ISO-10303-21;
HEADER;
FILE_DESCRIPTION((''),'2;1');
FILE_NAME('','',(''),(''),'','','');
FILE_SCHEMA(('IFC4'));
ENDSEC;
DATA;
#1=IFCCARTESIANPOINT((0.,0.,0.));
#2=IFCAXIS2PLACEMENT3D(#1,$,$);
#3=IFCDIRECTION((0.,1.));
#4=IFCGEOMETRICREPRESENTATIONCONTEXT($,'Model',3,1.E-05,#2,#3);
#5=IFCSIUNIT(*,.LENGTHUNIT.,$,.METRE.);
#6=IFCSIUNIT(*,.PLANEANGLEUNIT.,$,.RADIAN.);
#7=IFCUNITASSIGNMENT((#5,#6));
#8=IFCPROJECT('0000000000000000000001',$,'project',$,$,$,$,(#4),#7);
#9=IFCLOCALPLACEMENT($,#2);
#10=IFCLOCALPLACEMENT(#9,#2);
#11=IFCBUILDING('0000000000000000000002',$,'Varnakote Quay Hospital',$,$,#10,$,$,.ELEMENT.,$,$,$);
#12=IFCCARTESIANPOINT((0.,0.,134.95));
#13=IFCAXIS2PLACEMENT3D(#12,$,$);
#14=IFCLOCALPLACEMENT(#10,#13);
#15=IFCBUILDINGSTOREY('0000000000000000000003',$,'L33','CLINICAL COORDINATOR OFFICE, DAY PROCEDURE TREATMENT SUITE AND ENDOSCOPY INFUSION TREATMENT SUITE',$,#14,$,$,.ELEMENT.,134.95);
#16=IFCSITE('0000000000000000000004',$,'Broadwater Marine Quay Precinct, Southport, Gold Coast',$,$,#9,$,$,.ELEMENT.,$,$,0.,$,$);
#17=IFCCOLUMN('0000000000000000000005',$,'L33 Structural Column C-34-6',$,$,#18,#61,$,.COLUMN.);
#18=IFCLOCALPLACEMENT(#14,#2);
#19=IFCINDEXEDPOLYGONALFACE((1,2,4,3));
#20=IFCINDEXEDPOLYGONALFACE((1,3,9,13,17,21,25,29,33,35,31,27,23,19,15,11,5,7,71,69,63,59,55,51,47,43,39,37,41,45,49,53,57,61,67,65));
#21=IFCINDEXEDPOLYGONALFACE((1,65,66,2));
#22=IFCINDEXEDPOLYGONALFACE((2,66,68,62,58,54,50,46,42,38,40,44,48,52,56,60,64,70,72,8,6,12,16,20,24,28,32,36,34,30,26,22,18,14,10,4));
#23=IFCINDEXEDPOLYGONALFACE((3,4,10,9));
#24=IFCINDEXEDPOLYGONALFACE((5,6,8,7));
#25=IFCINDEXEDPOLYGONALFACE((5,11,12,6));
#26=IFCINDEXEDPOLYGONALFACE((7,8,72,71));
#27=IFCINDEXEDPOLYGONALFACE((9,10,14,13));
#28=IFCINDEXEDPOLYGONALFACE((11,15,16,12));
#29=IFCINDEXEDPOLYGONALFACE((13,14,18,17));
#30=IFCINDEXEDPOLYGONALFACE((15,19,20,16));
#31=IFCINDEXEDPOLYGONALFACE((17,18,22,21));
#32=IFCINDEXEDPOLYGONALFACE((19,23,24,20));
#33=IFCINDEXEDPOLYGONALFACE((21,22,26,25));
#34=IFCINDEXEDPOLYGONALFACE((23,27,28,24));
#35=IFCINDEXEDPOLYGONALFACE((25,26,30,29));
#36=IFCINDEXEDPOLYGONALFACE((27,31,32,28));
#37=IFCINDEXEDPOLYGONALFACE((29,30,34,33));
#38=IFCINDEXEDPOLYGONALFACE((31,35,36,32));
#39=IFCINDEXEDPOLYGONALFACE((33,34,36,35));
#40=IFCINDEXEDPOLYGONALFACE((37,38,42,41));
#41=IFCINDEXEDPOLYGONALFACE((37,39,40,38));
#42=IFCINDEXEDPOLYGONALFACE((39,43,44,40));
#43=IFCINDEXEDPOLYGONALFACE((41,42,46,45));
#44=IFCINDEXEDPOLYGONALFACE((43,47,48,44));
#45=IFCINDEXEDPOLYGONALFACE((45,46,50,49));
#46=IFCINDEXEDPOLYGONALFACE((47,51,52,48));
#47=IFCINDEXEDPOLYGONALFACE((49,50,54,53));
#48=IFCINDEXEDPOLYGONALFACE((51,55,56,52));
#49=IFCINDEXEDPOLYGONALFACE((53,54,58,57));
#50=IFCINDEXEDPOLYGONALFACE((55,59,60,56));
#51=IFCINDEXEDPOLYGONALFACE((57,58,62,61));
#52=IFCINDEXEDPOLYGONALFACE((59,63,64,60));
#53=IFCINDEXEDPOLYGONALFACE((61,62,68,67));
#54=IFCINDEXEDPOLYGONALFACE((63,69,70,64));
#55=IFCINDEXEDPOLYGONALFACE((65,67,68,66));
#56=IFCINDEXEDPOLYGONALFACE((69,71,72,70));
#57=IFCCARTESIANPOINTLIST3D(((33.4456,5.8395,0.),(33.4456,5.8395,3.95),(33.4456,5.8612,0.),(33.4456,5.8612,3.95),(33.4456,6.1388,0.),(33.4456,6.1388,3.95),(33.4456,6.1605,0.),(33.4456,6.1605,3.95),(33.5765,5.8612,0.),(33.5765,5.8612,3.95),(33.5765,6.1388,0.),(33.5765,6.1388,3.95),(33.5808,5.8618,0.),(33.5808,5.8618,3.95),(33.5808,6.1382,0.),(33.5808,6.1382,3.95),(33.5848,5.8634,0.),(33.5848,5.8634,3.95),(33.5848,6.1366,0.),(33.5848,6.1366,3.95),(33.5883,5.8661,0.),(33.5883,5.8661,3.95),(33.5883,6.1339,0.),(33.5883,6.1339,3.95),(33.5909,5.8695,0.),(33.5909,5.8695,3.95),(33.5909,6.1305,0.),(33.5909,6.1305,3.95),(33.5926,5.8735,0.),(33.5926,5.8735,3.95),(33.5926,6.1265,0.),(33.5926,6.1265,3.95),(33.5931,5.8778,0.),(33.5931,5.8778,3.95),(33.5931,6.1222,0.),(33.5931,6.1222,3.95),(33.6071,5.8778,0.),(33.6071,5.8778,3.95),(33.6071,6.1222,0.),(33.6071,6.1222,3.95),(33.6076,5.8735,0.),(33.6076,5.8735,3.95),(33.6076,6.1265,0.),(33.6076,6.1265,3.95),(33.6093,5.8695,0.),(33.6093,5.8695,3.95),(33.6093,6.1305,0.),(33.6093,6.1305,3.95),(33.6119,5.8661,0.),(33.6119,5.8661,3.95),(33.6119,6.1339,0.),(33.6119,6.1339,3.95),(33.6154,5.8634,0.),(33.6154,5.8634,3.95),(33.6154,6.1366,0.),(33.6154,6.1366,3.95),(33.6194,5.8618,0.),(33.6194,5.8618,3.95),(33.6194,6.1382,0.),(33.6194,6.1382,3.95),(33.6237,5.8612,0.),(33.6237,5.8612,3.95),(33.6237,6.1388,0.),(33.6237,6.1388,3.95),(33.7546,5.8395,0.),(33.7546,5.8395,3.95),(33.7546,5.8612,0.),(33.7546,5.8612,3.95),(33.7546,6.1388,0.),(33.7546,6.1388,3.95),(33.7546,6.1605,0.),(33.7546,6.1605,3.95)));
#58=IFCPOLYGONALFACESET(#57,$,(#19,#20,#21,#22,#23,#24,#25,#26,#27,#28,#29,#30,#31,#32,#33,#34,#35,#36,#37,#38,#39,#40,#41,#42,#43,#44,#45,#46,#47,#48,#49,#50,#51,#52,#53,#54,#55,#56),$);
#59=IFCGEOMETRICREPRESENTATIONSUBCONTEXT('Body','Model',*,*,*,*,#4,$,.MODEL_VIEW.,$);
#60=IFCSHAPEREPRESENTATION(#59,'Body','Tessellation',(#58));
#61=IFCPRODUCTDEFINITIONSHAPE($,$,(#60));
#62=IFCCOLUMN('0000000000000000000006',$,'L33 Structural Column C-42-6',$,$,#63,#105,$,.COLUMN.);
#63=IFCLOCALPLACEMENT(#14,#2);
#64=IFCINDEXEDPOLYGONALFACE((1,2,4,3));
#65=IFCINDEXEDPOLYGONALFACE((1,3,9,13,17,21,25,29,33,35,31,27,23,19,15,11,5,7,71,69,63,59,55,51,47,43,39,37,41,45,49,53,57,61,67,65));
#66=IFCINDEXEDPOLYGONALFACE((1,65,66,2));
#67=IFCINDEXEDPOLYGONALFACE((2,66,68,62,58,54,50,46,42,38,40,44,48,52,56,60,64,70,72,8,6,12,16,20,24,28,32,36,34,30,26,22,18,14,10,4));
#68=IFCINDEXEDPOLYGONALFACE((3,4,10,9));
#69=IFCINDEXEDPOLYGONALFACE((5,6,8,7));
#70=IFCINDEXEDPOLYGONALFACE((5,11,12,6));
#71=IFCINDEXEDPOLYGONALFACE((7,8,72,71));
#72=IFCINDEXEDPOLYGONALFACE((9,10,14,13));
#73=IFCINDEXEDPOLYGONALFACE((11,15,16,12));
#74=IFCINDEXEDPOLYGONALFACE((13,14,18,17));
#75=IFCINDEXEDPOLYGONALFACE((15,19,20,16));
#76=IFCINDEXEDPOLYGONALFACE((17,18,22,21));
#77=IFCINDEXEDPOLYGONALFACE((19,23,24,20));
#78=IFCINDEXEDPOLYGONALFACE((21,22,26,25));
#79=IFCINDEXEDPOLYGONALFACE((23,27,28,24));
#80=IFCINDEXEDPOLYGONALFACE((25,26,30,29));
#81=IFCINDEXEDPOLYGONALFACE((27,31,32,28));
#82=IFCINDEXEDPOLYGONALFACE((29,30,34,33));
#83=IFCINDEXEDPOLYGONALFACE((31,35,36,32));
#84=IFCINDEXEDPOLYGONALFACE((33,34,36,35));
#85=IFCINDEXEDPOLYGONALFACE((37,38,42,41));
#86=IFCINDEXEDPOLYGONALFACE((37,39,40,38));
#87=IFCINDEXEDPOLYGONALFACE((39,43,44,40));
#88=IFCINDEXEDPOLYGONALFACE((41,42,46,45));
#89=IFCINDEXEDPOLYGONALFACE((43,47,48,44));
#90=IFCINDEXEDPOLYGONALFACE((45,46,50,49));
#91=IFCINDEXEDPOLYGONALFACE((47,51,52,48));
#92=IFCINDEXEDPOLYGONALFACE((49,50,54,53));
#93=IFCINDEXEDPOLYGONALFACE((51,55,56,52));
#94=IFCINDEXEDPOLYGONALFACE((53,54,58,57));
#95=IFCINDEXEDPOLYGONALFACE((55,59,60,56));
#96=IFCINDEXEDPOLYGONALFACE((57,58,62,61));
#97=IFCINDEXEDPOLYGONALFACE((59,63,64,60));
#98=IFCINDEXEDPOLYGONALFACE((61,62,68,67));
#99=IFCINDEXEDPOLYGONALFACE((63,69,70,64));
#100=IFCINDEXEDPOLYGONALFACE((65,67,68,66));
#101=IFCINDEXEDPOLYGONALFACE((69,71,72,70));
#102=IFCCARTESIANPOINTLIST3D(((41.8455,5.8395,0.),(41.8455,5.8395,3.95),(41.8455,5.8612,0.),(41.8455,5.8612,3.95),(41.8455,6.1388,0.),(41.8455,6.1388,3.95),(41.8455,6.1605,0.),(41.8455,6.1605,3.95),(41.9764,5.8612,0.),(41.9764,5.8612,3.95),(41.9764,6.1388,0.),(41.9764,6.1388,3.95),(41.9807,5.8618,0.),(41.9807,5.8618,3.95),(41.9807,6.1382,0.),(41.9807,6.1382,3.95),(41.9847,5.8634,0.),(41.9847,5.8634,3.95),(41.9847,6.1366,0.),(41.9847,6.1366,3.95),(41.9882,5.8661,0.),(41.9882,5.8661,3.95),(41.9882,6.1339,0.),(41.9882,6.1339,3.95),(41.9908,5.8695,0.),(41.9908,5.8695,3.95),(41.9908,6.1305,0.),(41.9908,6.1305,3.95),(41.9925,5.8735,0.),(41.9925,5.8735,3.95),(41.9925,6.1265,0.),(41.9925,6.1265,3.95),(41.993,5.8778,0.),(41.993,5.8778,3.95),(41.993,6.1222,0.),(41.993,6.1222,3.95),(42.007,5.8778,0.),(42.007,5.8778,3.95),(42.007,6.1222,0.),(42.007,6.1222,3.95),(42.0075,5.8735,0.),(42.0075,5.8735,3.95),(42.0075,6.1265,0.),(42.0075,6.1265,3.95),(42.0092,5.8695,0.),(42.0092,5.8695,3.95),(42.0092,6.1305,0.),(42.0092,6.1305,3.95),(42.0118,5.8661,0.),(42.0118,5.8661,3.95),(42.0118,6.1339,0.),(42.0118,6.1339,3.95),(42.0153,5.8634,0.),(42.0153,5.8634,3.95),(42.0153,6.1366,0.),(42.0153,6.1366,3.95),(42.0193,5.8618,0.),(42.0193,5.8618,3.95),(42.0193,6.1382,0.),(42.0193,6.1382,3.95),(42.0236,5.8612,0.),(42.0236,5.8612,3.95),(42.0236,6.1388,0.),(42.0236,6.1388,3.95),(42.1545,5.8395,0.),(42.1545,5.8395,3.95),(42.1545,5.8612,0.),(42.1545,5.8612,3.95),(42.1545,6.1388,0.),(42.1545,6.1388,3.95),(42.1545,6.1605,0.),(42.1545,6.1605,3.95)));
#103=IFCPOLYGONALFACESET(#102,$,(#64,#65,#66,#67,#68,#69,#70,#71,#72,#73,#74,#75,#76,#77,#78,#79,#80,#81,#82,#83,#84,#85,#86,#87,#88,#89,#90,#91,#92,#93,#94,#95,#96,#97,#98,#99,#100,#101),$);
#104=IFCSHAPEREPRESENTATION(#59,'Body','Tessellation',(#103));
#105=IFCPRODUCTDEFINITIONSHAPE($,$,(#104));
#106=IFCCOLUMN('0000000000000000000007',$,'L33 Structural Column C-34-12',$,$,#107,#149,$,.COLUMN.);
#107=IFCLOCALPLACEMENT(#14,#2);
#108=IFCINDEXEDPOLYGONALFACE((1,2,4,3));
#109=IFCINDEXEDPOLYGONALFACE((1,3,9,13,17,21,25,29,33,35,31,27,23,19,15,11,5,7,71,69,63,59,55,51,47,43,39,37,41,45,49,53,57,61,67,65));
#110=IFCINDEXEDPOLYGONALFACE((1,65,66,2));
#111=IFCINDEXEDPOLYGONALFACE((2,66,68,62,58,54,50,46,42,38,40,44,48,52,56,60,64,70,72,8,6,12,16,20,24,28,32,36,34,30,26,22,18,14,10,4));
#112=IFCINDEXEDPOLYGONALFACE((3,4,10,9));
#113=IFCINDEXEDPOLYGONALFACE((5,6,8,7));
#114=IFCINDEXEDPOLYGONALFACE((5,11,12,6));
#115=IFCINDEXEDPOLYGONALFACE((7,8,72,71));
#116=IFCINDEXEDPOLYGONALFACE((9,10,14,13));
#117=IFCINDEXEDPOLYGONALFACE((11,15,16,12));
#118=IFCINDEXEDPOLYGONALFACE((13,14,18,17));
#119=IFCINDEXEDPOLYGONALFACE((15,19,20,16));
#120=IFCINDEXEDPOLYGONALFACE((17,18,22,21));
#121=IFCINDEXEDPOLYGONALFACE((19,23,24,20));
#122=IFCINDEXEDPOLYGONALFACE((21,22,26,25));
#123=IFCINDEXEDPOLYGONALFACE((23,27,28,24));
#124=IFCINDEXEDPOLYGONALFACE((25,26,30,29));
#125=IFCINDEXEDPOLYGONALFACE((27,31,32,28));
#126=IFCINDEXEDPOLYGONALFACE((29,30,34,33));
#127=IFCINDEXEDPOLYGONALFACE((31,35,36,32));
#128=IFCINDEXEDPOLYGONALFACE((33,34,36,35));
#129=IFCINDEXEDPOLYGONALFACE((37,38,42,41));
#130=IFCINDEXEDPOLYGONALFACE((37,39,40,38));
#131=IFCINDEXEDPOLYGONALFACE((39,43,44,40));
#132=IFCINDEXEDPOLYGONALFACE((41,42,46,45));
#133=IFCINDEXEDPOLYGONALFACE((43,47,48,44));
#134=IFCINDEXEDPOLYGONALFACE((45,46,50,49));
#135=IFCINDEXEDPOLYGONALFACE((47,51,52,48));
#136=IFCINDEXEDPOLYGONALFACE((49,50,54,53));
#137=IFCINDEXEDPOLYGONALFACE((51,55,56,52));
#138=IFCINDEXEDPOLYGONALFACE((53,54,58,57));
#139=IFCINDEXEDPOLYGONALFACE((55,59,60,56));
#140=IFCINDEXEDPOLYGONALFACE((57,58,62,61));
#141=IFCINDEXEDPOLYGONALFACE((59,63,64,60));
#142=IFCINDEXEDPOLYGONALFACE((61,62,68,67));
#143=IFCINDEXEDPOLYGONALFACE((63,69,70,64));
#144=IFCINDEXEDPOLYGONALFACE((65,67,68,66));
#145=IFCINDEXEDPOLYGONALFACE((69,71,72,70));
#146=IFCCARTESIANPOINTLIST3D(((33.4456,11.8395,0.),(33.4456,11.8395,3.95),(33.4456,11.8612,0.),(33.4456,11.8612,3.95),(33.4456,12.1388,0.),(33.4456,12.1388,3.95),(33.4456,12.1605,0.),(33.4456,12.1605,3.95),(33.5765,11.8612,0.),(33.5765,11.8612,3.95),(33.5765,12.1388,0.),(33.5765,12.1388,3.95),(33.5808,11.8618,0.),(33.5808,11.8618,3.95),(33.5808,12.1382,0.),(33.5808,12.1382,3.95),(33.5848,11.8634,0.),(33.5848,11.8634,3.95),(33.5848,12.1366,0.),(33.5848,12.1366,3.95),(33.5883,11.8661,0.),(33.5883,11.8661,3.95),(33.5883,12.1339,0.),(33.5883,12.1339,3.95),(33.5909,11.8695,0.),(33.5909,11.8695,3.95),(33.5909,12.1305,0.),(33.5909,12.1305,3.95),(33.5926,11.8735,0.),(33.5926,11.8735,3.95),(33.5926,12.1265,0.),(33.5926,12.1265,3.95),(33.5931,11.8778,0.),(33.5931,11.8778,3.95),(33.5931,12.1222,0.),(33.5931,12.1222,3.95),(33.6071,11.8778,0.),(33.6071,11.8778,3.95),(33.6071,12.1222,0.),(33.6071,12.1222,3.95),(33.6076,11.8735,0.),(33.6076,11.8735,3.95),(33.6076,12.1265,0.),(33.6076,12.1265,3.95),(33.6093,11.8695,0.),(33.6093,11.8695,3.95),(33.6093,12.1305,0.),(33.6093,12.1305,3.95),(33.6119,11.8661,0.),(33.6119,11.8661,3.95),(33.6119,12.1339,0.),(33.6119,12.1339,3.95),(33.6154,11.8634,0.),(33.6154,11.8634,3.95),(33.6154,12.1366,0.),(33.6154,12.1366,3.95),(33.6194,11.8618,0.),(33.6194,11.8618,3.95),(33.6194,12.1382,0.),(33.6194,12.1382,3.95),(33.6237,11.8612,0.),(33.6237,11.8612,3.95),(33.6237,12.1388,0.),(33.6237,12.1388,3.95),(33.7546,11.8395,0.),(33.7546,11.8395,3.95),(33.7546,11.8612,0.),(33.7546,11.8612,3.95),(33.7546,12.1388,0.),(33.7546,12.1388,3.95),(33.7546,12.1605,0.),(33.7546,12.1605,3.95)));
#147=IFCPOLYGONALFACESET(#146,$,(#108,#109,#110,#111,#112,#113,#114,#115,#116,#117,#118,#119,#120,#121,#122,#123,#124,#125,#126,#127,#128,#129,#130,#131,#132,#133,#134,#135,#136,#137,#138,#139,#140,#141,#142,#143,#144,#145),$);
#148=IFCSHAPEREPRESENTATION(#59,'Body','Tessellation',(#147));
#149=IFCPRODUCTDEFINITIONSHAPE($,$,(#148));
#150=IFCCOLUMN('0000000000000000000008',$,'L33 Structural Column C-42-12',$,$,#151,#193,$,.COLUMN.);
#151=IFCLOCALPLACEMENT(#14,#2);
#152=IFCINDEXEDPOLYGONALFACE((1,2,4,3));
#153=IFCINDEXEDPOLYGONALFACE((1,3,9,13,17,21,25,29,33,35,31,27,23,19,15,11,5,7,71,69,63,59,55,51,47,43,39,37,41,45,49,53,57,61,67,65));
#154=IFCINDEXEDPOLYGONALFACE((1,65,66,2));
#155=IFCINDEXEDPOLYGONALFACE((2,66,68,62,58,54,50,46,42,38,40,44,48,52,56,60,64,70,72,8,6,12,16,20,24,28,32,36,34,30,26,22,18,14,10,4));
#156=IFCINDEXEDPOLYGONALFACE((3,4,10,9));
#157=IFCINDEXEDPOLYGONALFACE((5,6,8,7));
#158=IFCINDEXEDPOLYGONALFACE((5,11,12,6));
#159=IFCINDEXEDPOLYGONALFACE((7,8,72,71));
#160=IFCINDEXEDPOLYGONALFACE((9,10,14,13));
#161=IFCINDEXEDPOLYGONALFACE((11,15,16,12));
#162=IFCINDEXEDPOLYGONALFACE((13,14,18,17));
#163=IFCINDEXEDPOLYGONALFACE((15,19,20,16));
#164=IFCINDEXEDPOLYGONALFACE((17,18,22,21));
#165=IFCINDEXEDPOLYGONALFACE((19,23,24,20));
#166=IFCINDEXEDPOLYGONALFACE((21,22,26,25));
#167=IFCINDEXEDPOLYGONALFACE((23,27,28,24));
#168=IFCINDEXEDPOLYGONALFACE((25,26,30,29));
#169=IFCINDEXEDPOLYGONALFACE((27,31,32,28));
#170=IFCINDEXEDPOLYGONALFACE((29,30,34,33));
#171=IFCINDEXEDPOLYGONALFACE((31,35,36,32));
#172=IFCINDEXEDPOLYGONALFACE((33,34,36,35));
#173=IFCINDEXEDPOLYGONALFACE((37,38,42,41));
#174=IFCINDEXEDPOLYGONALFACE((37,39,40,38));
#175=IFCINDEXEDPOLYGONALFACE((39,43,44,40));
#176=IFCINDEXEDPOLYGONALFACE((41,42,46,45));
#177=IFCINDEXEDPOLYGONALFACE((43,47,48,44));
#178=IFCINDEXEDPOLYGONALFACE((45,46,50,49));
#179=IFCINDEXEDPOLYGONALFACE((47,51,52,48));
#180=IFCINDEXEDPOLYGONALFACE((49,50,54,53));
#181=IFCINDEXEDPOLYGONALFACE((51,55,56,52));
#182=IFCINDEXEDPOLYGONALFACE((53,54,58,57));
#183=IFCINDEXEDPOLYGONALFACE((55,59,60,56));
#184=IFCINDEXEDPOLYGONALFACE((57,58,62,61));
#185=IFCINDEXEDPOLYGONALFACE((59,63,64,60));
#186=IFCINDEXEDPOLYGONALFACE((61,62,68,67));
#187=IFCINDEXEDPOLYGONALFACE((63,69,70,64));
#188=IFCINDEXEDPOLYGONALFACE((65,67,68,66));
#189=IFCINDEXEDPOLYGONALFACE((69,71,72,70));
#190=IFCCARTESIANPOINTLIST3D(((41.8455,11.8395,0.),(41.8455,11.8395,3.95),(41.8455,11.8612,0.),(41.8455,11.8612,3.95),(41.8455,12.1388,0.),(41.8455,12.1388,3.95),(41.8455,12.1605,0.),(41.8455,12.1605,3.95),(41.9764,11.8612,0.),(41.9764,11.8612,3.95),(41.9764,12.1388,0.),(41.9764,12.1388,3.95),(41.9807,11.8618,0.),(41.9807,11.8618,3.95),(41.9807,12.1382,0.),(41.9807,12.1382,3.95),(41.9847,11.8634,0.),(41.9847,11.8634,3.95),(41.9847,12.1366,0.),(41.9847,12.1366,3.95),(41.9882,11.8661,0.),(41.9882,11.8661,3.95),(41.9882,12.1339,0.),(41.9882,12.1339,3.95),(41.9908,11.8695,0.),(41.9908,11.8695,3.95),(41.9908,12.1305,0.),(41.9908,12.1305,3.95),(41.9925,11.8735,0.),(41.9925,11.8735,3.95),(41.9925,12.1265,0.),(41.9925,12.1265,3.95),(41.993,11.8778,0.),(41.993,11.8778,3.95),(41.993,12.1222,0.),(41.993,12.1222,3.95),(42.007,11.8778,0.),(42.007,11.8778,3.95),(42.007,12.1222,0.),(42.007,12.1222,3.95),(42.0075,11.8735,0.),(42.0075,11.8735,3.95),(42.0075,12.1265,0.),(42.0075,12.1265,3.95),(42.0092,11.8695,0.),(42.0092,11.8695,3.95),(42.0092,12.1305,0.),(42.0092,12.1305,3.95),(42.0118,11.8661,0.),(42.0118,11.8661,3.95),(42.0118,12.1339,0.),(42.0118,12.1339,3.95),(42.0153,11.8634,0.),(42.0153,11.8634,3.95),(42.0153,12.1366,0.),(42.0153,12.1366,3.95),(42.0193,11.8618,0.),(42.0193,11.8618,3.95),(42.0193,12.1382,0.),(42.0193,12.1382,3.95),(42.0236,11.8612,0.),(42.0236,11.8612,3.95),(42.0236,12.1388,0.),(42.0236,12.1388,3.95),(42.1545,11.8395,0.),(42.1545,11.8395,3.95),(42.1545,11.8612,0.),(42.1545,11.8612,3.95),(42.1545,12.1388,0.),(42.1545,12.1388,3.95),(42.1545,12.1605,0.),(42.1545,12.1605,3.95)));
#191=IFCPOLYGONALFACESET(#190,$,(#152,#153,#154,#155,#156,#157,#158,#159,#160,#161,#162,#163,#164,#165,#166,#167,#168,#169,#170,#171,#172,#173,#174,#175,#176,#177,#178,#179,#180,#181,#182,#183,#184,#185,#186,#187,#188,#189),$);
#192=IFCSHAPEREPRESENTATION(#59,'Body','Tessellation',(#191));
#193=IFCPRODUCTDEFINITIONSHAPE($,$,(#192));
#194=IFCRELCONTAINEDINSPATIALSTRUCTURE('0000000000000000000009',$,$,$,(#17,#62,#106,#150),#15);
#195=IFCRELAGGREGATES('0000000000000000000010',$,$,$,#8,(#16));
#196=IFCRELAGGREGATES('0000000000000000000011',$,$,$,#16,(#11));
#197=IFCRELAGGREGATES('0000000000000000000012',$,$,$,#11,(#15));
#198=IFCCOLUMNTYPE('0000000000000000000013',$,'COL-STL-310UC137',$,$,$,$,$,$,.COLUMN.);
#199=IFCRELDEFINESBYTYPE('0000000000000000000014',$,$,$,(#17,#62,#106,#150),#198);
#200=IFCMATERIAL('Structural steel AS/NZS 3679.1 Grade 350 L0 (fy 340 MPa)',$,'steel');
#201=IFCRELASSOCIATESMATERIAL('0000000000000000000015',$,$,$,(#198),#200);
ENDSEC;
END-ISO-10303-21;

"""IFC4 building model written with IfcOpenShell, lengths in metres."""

from ifc_helpers import new_model, si_unit, direction, frame, origin, origin_2d, place, context, subcontext, project, spatial, i_section, extrude, material, material_profile, profile_set, type_object, element, save


model = new_model("IFC4")

# Units and contexts
model_context = context("Model", 3, precision=1e-05, world=origin(), true_north=direction((0.0, 1.0)))
body_context = subcontext(model_context, "Body", "Model", "MODEL_VIEW")
ifc_project = project(units=[si_unit("LENGTHUNIT", "METRE"), si_unit("PLANEANGLEUNIT", "RADIAN")], contexts=[model_context])

# Site, building, storey
site_placement = place(None, origin())
site = spatial("IfcSite", under=ifc_project, at=site_placement, Name="Broadwater Marine Quay Precinct, Southport, Gold Coast", CompositionType="ELEMENT", RefElevation=0.0)
building_placement = place(site_placement, origin())
building = spatial("IfcBuilding", under=site, at=building_placement, Name="Varnakote Quay Hospital", CompositionType="ELEMENT")
storey_placement = place(building_placement, frame((0.0, 0.0, 134.95)))
storey = spatial("IfcBuildingStorey", under=building, at=storey_placement, Name="L33", Description="CLINICAL COORDINATOR OFFICE, DAY PROCEDURE TREATMENT SUITE AND ENDOSCOPY INFUSION TREATMENT SUITE", CompositionType="ELEMENT", Elevation=134.95)

# Columns
ifc_material_1 = material(Name="Structural steel AS/NZS 3679.1 Grade 350 L0 (fy 340 MPa)", Category="steel")
ifc_material_profile_1 = material_profile(ifc_material_1, i_section(OverallWidth=0.3091, OverallDepth=0.321, WebThickness=0.0139, FlangeThickness=0.0217, FilletRadius=0.0166, at=origin_2d()), Name="310UC137")
ifc_profile_set_1 = profile_set([ifc_material_profile_1], Name="Structural steel AS/NZS 3679.1 Grade 350 L0 (fy 340 MPa)")
column_type = type_object("IfcColumnType", Name="COL-STL-310UC137", PredefinedType="COLUMN", material=ifc_profile_set_1)
for number, where, z_axis, x_axis, name in (
    (1, (33.6001, 6.0, 0.0), (0.0, 0.0, 1.0), (1.0, 0.0, 0.0), "L33 Structural Column C-34-6"),
    (2, (42.0, 6.0, 0.0), (0.0, 0.0, 1.0), (1.0, 0.0, 0.0), "L33 Structural Column C-42-6"),
    (3, (33.6001, 12.0, 0.0), (0.0, 0.0, 1.0), (1.0, 0.0, 0.0), "L33 Structural Column C-34-12"),
    (4, (42.0, 12.0, 0.0), (0.0, 0.0, 1.0), (1.0, 0.0, 0.0), "L33 Structural Column C-42-12"),
):
    element("IfcColumn", number, at=place(storey_placement, frame(where, z_axis=z_axis, x_axis=x_axis)), inside=storey, type_object=column_type, Name=name, PredefinedType="COLUMN", context=body_context, shape_type="SweptSolid", body=[
        extrude(i_section(OverallWidth=0.3091, OverallDepth=0.321, WebThickness=0.0139, FlangeThickness=0.0217, FilletRadius=0.0166, at=origin_2d()), origin(), (0.0, 0.0, 1.0), 3.95),
    ])

save(model, "model.ifc")
